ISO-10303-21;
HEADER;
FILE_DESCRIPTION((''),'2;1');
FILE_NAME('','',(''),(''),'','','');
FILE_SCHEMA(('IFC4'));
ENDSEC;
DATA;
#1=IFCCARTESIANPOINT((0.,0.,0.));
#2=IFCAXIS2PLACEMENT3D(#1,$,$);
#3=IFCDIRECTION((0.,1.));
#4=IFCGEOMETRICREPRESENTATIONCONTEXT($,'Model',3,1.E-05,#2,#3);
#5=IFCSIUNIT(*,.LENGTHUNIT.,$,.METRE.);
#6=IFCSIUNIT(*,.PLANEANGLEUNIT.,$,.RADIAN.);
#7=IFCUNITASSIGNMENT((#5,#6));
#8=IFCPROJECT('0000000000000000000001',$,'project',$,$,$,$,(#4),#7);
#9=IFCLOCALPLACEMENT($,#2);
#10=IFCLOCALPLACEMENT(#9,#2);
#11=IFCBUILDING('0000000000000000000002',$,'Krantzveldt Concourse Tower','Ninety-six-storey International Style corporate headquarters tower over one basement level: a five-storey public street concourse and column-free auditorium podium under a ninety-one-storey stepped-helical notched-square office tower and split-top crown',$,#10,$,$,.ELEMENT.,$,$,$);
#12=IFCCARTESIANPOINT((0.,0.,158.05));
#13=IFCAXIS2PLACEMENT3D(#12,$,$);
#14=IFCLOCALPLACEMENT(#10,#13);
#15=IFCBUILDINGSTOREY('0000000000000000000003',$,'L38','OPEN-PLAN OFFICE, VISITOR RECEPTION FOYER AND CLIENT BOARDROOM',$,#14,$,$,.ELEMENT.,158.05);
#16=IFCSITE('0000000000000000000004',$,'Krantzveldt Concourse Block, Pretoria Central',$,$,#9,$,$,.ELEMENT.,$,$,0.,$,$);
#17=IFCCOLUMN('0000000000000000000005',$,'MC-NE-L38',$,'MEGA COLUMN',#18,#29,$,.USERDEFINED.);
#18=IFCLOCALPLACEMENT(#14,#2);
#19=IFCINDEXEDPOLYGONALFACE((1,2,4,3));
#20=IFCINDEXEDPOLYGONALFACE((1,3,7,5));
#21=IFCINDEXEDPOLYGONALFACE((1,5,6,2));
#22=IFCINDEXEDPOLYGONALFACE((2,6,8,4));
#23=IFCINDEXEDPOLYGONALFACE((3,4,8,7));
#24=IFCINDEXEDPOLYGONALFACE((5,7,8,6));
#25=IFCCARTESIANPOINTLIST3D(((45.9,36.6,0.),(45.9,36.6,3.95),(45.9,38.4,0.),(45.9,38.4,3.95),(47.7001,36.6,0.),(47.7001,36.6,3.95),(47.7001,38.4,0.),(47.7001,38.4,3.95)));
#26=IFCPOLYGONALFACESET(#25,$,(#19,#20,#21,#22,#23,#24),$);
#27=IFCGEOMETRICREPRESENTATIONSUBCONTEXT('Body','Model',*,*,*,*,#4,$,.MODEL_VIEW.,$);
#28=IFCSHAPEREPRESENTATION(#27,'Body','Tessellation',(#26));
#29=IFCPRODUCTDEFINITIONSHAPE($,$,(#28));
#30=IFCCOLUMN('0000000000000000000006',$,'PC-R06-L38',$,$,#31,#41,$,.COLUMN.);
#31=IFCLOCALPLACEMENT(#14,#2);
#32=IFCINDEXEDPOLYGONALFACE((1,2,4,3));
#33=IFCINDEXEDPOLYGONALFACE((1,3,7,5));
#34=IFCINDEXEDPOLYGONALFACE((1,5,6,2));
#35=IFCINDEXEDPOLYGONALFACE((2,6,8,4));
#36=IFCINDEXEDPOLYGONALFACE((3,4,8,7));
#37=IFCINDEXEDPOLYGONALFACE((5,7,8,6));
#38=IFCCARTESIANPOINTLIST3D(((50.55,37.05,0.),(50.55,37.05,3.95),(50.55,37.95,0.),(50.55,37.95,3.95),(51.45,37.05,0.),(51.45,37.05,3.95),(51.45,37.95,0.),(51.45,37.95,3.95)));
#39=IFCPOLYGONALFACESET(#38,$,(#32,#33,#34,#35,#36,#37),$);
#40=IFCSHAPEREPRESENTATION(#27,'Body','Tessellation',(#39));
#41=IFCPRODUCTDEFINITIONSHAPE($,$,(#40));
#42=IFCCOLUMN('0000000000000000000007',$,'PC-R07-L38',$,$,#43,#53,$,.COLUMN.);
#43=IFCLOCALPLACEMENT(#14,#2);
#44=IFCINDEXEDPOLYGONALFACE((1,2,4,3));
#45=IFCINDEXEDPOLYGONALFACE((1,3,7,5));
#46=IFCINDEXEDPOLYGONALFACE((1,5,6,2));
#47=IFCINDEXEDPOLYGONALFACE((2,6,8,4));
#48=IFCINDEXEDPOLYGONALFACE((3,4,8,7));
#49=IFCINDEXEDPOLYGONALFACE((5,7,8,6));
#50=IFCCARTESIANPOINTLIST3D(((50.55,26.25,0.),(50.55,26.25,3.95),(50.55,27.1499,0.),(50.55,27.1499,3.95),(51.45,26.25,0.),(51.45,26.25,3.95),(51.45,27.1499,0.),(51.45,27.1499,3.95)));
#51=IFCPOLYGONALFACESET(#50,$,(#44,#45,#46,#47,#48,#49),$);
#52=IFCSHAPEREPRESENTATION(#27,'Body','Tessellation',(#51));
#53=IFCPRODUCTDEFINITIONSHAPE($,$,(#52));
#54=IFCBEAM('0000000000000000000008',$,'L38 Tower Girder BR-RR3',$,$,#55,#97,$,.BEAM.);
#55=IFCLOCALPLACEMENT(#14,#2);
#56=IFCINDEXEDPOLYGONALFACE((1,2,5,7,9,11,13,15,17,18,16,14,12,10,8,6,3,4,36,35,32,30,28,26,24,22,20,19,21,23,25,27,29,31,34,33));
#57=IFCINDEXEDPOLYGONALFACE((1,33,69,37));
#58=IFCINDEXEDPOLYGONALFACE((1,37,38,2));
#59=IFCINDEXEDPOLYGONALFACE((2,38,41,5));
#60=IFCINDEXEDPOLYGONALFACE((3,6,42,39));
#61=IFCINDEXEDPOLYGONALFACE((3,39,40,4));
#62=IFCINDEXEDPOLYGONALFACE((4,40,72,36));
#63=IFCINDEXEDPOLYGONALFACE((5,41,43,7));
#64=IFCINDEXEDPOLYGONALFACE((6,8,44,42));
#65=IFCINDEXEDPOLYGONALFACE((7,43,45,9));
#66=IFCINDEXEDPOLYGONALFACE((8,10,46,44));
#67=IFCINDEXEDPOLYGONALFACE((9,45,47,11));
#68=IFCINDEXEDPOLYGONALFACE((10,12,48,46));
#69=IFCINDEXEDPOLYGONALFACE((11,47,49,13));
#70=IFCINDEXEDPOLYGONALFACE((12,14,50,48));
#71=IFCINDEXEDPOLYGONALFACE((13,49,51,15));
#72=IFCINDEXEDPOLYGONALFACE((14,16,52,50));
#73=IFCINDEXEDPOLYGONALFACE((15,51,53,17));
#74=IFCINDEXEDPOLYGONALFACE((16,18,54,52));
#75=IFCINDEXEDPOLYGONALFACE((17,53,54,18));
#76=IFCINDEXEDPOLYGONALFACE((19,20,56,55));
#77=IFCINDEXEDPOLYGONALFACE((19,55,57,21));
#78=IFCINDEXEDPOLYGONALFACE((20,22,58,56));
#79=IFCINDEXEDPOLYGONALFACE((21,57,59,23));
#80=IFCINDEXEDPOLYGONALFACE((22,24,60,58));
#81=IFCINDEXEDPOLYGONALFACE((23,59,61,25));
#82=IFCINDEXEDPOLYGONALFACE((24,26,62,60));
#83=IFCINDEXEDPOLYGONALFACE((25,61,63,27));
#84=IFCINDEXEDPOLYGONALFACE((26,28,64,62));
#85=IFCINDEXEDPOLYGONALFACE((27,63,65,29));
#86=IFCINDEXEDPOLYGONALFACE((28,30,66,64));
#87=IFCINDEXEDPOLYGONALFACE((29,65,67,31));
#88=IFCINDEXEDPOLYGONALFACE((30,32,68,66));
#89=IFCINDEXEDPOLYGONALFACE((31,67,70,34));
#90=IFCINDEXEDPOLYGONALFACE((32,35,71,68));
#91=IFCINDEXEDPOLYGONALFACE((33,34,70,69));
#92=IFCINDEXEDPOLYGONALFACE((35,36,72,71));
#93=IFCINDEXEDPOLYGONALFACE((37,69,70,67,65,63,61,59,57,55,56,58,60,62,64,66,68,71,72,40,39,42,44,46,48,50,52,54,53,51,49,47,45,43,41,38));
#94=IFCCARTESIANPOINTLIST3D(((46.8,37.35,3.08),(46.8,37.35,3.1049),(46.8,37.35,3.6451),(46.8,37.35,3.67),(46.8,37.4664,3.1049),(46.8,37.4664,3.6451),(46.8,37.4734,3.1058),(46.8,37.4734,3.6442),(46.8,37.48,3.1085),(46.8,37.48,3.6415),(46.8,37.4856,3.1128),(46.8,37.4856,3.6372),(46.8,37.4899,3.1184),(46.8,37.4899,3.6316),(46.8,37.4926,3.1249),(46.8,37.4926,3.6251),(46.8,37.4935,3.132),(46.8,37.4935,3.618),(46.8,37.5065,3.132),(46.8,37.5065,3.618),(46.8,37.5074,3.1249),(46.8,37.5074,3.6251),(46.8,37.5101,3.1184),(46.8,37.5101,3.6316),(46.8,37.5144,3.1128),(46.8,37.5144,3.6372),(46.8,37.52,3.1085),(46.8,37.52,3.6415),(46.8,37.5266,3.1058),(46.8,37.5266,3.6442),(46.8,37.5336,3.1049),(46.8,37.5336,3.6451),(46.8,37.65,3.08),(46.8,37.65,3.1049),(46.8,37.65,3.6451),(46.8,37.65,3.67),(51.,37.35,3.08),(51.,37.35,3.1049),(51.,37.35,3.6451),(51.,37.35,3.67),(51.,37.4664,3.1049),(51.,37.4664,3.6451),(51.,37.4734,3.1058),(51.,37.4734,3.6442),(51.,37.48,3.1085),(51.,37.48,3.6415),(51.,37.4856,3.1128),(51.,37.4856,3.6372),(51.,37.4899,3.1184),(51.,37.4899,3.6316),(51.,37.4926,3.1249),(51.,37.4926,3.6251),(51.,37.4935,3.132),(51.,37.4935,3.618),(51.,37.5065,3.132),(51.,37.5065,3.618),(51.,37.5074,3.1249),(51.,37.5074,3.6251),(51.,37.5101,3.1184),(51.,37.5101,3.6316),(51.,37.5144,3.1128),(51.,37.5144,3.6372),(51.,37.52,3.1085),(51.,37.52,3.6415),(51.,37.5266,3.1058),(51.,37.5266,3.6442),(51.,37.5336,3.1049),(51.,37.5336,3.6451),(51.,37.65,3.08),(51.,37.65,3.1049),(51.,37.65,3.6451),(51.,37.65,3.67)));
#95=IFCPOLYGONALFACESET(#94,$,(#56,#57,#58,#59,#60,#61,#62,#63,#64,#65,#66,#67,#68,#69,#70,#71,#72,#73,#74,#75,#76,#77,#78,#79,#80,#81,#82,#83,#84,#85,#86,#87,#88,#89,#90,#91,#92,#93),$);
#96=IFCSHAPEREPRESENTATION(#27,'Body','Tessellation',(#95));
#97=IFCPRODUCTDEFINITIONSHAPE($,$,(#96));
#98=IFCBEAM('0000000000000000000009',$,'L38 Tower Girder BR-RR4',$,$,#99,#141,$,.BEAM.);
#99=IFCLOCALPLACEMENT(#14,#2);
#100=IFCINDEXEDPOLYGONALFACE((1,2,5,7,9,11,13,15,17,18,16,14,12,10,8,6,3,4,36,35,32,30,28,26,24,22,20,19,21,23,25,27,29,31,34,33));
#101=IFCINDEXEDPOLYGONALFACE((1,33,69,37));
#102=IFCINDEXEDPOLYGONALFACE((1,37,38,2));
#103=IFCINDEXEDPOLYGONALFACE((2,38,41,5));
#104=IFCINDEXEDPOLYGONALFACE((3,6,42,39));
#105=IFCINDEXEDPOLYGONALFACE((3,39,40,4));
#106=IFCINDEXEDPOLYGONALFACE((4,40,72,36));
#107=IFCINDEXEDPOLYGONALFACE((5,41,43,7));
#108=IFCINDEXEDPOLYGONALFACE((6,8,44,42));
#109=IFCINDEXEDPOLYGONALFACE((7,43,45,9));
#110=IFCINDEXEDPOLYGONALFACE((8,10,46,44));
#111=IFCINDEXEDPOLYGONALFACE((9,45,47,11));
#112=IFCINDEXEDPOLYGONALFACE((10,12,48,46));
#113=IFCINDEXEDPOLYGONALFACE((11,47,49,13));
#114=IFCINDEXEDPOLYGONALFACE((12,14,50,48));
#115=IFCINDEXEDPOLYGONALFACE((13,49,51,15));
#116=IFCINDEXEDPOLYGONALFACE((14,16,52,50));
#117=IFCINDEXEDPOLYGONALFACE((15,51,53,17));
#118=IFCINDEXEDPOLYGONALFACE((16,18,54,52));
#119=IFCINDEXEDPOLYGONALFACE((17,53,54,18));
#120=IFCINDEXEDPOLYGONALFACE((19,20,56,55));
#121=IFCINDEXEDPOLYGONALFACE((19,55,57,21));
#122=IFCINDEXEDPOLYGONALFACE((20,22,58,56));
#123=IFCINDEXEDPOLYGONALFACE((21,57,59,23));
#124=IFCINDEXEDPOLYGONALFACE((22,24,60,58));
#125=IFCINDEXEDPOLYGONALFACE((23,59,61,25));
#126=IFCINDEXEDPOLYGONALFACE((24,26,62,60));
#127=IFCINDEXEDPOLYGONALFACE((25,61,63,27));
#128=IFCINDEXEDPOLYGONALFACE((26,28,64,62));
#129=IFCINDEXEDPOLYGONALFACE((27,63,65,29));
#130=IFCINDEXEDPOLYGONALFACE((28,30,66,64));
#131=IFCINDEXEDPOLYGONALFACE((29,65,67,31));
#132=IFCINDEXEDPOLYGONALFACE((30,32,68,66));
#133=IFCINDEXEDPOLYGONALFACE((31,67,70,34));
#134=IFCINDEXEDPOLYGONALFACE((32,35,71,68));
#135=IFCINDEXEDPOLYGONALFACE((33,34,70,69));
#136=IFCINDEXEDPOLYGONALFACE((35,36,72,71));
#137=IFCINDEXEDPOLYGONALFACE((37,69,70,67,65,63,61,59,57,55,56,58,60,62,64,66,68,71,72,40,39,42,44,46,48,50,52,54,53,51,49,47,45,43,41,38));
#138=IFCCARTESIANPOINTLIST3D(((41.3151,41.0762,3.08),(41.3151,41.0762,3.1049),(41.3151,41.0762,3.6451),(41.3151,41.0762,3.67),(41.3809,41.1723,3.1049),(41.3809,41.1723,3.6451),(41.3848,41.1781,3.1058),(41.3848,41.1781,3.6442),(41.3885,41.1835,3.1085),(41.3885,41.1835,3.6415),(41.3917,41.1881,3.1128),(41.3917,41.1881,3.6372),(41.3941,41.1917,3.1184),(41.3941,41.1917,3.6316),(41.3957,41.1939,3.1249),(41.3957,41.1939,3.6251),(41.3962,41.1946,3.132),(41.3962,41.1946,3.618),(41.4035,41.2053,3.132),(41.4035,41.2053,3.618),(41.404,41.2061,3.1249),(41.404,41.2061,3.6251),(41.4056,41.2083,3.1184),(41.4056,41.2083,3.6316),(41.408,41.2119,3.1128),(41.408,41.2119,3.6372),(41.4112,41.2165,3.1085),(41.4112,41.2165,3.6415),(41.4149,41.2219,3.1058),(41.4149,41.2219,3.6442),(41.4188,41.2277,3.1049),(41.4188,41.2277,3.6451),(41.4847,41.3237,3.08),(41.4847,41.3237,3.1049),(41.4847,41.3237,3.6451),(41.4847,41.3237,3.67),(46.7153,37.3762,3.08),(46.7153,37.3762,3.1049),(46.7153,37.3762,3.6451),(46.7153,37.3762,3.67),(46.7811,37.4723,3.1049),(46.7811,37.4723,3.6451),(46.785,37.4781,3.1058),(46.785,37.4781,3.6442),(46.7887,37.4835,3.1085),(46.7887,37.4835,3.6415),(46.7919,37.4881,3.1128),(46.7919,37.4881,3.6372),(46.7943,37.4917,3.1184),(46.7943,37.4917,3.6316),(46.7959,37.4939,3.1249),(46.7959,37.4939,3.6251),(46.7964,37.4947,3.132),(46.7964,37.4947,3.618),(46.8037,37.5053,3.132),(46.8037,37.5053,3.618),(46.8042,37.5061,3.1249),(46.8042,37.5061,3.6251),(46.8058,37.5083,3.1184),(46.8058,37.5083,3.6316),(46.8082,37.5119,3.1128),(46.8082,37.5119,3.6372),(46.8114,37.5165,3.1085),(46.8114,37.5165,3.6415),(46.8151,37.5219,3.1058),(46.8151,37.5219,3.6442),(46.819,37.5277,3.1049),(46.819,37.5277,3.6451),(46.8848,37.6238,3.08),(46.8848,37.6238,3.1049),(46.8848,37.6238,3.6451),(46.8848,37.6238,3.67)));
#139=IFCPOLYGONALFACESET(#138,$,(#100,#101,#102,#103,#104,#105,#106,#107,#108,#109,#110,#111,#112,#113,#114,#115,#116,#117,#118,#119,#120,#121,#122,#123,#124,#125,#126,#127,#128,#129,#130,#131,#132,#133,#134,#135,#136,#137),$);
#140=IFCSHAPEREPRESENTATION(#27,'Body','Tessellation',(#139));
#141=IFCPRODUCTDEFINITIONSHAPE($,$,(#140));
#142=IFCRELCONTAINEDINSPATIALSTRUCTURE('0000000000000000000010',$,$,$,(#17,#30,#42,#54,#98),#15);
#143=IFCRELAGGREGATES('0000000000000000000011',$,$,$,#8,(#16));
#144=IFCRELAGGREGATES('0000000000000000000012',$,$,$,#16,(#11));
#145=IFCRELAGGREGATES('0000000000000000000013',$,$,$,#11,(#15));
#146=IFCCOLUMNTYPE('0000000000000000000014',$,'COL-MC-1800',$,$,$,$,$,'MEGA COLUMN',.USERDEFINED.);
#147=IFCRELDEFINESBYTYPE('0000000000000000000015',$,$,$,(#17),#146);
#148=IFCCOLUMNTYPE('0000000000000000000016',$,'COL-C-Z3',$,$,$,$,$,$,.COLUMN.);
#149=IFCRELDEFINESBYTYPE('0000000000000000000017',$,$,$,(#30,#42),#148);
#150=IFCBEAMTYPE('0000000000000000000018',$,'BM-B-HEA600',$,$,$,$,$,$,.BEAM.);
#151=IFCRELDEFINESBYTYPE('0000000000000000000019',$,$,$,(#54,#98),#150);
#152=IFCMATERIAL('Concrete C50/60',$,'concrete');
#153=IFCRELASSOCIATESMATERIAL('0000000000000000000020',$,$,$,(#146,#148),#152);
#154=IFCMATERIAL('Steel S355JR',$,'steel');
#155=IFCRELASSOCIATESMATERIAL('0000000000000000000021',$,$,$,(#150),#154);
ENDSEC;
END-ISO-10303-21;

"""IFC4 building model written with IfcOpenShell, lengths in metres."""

from ifc_helpers import new_model, si_unit, direction, frame, origin, origin_2d, place, context, subcontext, project, spatial, rectangle, i_section, extrude, source, transform, mapped, material, material_profile, profile_set, type_object, type_shapes, element, save


model = new_model("IFC4")

# Units and contexts
model_context = context("Model", 3, precision=1e-05, world=origin(), true_north=direction((0.0, 1.0)))
body_context = subcontext(model_context, "Body", "Model", "MODEL_VIEW")
ifc_project = project(units=[si_unit("LENGTHUNIT", "METRE"), si_unit("PLANEANGLEUNIT", "RADIAN")], contexts=[model_context])

# Site, building, storey
site_placement = place(None, origin())
site = spatial("IfcSite", under=ifc_project, at=site_placement, Name="Krantzveldt Concourse Block, Pretoria Central", CompositionType="ELEMENT", RefElevation=0.0)
building_placement = place(site_placement, origin())
building = spatial("IfcBuilding", under=site, at=building_placement, Name="Krantzveldt Concourse Tower", Description="Ninety-six-storey International Style corporate headquarters tower over one basement level: a five-storey public street concourse and column-free auditorium podium under a ninety-one-storey stepped-helical notched-square office tower and split-top crown", CompositionType="ELEMENT")
storey_placement = place(building_placement, frame((0.0, 0.0, 158.05)))
storey = spatial("IfcBuildingStorey", under=building, at=storey_placement, Name="L38", Description="OPEN-PLAN OFFICE, VISITOR RECEPTION FOYER AND CLIENT BOARDROOM", CompositionType="ELEMENT", Elevation=158.05)

# Columns
ifc_material_1 = material(Name="Concrete C50/60", Category="concrete")
ifc_material_profile_1 = material_profile(ifc_material_1, rectangle(XDim=1.8, YDim=1.8, at=origin_2d()), Name="Concrete C50/60", Category="concrete")
ifc_profile_set_1 = profile_set([ifc_material_profile_1], Name="Concrete C50/60 - RC 1800x1800")
column_type_1 = type_object("IfcColumnType", Name="COL-MC-1800", ElementType="MEGA COLUMN", PredefinedType="USERDEFINED", material=ifc_profile_set_1)
shared_shape_1 = source(origin(), body_context, "Body", "SweptSolid", [
    extrude(rectangle(XDim=1.8, YDim=1.8, at=origin_2d()), origin(), (0.0, 0.0, 1.0), 3.95),
])
type_shapes(column_type_1, [shared_shape_1])
column_placement = place(storey_placement, frame((46.8, 37.5, 0.0), z_axis=(0.0, 0.0, 1.0), x_axis=(1.0, 0.0, 0.0)))
element("IfcColumn", 1, at=column_placement, inside=storey, type_object=column_type_1, Name="MC-NE-L38", ObjectType="MEGA COLUMN", PredefinedType="USERDEFINED", context=body_context, shape_type="MappedRepresentation", body=[
    mapped(shared_shape_1, transform((0.0, 0.0, 0.0), x_axis=(1.0, 0.0, 0.0), y_axis=(0.0, 1.0, 0.0), z_axis=(0.0, 0.0, 1.0), scale=1.0)),
])
ifc_material_profile_2 = material_profile(ifc_material_1, rectangle(XDim=0.8999, YDim=0.8999, at=origin_2d()), Name="Concrete C50/60", Category="concrete")
ifc_profile_set_2 = profile_set([ifc_material_profile_2], Name="Concrete C50/60 - RC 900x900")
column_type_2 = type_object("IfcColumnType", Name="COL-C-Z3", PredefinedType="COLUMN", material=ifc_profile_set_2)
shared_shape_2 = source(origin(), body_context, "Body", "SweptSolid", [
    extrude(rectangle(XDim=0.8999, YDim=0.8999, at=origin_2d()), origin(), (0.0, 0.0, 1.0), 3.95),
])
type_shapes(column_type_2, [shared_shape_2])
for number, where, z_axis, x_axis, name in (
    (2, (51.0, 37.5, 0.0), (0.0, 0.0, 1.0), (1.0, 0.0, 0.0), "PC-R06-L38"),
    (3, (51.0, 26.7, 0.0), (0.0, 0.0, 1.0), (1.0, 0.0, 0.0), "PC-R07-L38"),
):
    element("IfcColumn", number, at=place(storey_placement, frame(where, z_axis=z_axis, x_axis=x_axis)), inside=storey, type_object=column_type_2, Name=name, PredefinedType="COLUMN", context=body_context, shape_type="MappedRepresentation", body=[
        mapped(shared_shape_2, transform((0.0, 0.0, 0.0), x_axis=(1.0, 0.0, 0.0), y_axis=(0.0, 1.0, 0.0), z_axis=(0.0, 0.0, 1.0), scale=1.0)),
    ])

# Beams
ifc_material_2 = material(Name="Steel S355JR", Category="steel")
ifc_material_profile_3 = material_profile(ifc_material_2, i_section(OverallWidth=0.3, OverallDepth=0.5901, WebThickness=0.0129, FlangeThickness=0.0249, FilletRadius=0.0271, at=origin_2d()), Name="Steel S355JR", Category="steel")
ifc_profile_set_3 = profile_set([ifc_material_profile_3], Name="Steel S355JR - HEA 600")
beam_type_1 = type_object("IfcBeamType", Name="BM-B-HEA600", PredefinedType="BEAM", material=ifc_profile_set_3)
shared_shape_3 = source(origin(), body_context, "Body", "SweptSolid", [
    extrude(i_section(OverallWidth=0.3, OverallDepth=0.5901, WebThickness=0.0129, FlangeThickness=0.0249, FilletRadius=0.0271, at=origin_2d()), origin(), (0.0, 0.0, 1.0), 4.2),
])
beam_1_placement = place(storey_placement, frame((46.8, 37.5, 3.375), z_axis=(1.0, 0.0, 0.0), x_axis=(0.0, 1.0, 0.0)))
element("IfcBeam", 4, at=beam_1_placement, inside=storey, type_object=beam_type_1, Name="L38 Tower Girder BR-RR3", PredefinedType="BEAM", context=body_context, shape_type="MappedRepresentation", body=[
    mapped(shared_shape_3, transform((0.0, 0.0, 0.0), x_axis=(1.0, 0.0, 0.0), y_axis=(0.0, 1.0, 0.0), z_axis=(0.0, 0.0, 1.0), scale=1.0)),
])
shared_shape_4 = source(origin(), body_context, "Body", "SweptSolid", [
    extrude(i_section(OverallWidth=0.3, OverallDepth=0.5901, WebThickness=0.0129, FlangeThickness=0.0249, FilletRadius=0.0271, at=origin_2d()), origin(), (0.0, 0.0, 1.0), 6.5461),
])
type_shapes(beam_type_1, [shared_shape_3, shared_shape_4])
beam_2_placement = place(storey_placement, frame((46.8, 37.5, 3.375), z_axis=(-0.824943, 0.565216, 0.0), x_axis=(-0.565216, -0.824943, 0.0)))
element("IfcBeam", 5, at=beam_2_placement, inside=storey, type_object=beam_type_1, Name="L38 Tower Girder BR-RR4", PredefinedType="BEAM", context=body_context, shape_type="MappedRepresentation", body=[
    mapped(shared_shape_4, transform((0.0, 0.0, 0.0), x_axis=(1.0, 0.0, 0.0), y_axis=(0.0, 1.0, 0.0), z_axis=(0.0, 0.0, 1.0), scale=1.0)),
])

save(model, "model.ifc")
